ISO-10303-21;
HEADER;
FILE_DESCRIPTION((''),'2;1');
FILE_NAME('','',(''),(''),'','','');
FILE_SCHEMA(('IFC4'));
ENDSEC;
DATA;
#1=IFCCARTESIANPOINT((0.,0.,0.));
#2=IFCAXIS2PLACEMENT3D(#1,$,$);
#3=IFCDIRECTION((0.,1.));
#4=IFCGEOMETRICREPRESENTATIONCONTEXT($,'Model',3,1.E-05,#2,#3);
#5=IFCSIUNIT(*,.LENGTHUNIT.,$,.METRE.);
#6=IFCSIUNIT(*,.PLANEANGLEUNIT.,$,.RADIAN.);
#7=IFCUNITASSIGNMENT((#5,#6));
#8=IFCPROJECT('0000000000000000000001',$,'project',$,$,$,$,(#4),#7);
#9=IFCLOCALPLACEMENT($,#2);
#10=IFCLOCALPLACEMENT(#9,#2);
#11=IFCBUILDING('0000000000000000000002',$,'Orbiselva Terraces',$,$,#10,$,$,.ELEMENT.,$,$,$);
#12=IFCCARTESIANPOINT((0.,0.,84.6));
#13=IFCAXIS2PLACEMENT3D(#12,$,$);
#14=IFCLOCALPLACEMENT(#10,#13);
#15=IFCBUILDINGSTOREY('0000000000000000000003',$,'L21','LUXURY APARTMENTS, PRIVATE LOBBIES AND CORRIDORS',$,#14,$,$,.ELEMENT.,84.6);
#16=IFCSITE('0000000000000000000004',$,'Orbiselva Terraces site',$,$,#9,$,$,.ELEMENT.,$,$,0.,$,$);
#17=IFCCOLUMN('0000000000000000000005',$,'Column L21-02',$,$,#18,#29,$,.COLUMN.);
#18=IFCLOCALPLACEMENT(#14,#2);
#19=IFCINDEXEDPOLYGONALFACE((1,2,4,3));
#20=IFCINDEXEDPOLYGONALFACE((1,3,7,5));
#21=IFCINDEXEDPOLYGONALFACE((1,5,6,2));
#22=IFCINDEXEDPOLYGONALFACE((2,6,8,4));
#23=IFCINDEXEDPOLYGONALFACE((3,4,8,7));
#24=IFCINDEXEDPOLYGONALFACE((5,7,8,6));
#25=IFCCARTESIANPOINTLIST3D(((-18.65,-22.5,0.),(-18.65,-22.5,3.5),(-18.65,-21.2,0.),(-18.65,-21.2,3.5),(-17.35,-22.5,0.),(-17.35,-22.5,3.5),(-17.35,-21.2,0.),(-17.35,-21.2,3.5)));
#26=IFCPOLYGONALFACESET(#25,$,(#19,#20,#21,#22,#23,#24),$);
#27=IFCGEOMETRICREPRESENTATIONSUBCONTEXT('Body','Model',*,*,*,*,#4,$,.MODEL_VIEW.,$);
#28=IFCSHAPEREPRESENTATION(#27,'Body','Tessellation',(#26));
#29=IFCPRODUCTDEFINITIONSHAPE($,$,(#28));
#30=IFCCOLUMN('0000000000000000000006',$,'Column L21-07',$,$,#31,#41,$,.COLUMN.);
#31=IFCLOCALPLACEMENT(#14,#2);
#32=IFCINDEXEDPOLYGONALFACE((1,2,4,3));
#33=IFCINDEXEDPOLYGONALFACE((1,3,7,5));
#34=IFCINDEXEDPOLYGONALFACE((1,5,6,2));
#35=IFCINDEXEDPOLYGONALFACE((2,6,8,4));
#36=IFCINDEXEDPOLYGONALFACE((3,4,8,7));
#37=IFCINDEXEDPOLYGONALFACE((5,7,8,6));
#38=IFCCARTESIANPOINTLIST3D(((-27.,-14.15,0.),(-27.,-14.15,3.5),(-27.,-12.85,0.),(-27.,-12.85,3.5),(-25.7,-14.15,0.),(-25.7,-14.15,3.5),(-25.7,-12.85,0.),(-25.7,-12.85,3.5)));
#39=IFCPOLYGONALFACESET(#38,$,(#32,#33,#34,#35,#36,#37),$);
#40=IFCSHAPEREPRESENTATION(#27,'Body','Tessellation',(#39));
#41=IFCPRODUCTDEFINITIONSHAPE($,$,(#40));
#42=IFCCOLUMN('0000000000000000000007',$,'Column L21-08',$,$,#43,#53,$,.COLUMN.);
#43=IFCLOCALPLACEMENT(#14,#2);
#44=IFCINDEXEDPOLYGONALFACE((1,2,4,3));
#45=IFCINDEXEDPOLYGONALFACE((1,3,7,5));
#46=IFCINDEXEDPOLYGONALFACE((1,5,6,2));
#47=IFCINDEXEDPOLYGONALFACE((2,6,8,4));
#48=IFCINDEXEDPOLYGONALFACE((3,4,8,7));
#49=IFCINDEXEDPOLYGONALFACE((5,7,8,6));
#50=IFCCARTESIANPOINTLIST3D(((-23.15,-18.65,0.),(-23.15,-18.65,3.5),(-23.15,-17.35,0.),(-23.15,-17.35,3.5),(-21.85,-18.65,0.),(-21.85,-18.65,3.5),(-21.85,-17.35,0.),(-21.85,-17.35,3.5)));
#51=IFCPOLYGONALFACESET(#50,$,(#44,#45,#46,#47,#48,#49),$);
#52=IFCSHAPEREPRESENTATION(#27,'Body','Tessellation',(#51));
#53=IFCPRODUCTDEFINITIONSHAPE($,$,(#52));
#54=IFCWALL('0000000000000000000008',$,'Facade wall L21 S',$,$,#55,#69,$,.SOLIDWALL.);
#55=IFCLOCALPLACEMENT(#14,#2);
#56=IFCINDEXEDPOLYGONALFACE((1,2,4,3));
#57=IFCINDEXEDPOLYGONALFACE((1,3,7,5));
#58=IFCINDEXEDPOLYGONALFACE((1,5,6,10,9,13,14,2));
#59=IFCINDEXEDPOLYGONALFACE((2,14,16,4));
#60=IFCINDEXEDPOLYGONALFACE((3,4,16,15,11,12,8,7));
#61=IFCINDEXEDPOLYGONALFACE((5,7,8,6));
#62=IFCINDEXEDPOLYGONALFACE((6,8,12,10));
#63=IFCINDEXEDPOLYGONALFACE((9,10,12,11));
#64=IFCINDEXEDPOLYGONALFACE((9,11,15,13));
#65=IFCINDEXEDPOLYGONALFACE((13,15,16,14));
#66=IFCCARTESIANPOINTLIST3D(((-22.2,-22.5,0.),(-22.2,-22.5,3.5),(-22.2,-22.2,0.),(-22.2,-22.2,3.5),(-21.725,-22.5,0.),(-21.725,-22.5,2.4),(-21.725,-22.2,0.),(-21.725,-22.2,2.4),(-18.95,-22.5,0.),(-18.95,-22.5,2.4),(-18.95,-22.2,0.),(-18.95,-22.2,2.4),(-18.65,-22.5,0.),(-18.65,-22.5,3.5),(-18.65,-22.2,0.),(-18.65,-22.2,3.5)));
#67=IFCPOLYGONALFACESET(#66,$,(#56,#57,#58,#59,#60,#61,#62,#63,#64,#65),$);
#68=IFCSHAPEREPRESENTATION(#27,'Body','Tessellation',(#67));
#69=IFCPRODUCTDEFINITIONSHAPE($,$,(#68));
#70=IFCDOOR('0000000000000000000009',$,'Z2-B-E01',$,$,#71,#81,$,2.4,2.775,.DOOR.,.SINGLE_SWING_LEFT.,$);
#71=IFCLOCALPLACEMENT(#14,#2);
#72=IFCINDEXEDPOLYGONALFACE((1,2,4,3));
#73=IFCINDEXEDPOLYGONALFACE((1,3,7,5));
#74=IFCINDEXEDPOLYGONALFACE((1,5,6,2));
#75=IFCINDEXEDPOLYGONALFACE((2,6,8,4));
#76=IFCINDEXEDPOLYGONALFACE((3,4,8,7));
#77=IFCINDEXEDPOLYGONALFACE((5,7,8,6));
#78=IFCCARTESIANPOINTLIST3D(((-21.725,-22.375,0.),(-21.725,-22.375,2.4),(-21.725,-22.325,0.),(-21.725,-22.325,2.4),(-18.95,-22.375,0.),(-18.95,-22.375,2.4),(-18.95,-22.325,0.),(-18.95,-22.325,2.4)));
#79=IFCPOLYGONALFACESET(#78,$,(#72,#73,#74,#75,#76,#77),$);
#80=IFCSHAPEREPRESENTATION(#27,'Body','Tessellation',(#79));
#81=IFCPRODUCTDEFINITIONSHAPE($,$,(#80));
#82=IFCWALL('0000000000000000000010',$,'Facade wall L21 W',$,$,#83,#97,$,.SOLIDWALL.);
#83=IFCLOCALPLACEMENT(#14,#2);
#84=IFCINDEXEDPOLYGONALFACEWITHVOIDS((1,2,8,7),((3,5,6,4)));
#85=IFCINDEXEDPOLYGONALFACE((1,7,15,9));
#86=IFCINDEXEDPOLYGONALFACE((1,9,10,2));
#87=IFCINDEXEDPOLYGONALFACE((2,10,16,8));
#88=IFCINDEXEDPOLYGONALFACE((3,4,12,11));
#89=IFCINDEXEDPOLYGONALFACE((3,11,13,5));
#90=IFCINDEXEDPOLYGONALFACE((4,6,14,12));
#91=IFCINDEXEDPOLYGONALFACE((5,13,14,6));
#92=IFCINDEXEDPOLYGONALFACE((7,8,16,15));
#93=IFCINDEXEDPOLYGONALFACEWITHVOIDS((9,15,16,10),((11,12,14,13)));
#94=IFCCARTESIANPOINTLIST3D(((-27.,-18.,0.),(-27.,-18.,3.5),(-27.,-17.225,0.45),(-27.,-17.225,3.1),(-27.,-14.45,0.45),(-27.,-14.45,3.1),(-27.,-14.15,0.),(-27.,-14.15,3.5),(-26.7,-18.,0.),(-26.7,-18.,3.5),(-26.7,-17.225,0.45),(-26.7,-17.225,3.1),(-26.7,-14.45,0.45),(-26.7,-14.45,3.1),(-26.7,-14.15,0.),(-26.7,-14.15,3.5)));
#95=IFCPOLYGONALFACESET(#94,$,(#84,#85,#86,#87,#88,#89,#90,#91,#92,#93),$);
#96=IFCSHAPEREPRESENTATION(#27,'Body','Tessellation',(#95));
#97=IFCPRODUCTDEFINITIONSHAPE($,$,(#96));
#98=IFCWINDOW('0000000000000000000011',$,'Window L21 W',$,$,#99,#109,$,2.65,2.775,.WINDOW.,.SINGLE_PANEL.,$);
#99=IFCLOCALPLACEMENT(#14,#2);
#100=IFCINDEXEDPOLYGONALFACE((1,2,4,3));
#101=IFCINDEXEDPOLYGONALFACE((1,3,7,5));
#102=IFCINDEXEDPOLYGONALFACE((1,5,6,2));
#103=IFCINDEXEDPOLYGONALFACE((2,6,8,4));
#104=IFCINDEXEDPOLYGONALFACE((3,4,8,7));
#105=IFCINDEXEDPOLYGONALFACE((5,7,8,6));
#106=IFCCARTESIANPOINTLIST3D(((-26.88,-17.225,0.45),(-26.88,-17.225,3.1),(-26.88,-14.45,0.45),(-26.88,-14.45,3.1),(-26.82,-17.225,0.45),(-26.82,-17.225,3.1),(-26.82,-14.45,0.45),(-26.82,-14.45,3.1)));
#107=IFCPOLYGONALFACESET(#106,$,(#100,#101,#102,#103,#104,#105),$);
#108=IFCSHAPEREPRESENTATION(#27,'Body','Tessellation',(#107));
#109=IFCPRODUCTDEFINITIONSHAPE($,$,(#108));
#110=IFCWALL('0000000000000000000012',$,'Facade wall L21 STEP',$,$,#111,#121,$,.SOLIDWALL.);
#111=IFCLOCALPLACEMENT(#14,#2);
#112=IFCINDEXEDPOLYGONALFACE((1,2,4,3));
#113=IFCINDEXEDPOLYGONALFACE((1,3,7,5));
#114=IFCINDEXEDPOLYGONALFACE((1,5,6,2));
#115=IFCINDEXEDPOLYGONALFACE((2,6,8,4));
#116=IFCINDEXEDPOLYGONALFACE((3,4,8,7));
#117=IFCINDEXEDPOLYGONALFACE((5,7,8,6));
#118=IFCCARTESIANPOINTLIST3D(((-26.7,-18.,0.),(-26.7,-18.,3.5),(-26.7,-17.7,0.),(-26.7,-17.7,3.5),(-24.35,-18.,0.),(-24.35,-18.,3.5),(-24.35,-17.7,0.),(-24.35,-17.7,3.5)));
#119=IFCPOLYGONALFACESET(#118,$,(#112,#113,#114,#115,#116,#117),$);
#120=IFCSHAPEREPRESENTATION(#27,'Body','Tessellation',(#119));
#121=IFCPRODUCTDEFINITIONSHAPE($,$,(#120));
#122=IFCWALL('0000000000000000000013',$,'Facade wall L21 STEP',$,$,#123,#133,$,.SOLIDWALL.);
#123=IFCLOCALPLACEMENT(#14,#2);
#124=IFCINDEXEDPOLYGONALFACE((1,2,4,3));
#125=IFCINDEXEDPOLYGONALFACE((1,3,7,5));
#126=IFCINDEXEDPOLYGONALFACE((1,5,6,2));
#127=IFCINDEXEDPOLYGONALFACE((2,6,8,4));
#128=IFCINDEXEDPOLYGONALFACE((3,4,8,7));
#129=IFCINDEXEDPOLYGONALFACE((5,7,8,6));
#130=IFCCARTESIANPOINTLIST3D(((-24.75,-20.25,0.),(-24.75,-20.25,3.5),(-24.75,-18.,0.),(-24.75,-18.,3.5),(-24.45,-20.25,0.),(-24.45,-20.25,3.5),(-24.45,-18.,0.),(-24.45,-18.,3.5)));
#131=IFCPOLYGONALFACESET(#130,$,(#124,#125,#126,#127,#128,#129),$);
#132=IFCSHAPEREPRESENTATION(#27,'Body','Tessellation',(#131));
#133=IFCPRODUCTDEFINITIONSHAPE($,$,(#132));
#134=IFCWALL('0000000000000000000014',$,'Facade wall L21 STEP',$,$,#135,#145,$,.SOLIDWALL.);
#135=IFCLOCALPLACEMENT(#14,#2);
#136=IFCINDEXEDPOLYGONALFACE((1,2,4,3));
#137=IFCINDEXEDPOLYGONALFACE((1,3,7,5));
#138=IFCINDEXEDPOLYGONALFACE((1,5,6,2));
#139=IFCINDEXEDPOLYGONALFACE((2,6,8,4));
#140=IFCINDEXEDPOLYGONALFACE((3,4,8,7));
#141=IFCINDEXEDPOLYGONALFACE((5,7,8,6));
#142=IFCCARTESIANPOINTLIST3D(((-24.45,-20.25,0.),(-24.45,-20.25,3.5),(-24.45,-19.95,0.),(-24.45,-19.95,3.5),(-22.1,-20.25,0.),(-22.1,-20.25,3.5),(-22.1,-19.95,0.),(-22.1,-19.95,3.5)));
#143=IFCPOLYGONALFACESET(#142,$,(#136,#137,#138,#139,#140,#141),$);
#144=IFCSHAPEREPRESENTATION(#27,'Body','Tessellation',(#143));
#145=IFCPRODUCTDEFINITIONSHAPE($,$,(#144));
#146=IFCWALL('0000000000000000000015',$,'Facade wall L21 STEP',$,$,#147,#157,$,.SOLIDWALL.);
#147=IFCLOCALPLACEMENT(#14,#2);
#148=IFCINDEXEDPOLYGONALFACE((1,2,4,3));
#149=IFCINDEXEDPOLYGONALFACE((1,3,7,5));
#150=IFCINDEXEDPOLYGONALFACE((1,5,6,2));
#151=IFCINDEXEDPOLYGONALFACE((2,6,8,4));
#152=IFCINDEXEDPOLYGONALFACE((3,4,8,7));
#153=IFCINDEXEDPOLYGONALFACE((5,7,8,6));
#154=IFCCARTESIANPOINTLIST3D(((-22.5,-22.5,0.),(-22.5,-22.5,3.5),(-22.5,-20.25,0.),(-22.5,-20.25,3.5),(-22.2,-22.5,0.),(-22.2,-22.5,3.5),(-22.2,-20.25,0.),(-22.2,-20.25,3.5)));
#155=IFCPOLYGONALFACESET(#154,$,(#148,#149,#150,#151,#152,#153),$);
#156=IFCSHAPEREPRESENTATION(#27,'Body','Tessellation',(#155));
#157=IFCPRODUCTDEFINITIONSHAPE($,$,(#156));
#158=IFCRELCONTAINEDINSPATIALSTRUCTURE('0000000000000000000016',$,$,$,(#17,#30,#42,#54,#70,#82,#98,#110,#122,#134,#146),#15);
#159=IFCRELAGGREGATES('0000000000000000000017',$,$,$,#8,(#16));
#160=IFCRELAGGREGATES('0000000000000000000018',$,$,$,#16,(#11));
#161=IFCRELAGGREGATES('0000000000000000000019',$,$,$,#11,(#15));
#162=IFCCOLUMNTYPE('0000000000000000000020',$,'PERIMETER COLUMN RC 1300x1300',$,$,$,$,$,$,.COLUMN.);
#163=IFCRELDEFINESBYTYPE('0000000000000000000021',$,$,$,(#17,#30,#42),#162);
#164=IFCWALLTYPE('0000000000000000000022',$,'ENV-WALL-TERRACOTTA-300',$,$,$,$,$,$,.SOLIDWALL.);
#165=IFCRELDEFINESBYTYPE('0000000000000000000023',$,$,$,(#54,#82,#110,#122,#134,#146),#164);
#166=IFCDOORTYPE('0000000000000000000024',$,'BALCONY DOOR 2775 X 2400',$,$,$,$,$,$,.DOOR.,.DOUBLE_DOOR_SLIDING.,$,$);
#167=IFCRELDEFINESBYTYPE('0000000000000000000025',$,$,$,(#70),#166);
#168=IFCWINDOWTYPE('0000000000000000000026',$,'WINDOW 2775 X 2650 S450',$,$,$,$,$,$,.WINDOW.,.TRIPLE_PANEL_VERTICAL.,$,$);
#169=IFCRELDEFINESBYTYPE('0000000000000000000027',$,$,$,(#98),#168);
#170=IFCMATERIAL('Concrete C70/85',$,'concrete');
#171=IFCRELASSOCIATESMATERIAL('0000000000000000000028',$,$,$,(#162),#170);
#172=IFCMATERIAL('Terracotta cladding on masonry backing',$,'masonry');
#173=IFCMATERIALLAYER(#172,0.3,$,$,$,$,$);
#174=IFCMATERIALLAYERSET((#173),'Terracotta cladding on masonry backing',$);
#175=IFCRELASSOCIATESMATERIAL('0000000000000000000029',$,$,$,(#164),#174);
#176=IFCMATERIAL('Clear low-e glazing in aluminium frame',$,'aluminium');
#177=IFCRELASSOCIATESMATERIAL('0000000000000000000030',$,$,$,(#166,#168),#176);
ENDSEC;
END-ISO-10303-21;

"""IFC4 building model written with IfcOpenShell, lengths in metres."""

from ifc_helpers import new_model, si_unit, direction, frame, frame_2d, origin, origin_2d, place, context, subcontext, project, spatial, rectangle, extrude, material, layer, layer_set, material_profile, profile_set, type_object, element, fill, save


model = new_model("IFC4")

# Units and contexts
model_context = context("Model", 3, precision=1e-05, world=origin(), true_north=direction((0.0, 1.0)))
body_context = subcontext(model_context, "Body", "Model", "MODEL_VIEW")
ifc_project = project(units=[si_unit("LENGTHUNIT", "METRE"), si_unit("PLANEANGLEUNIT", "RADIAN")], contexts=[model_context])

# Site, building, storey
site_placement = place(None, origin())
site = spatial("IfcSite", under=ifc_project, at=site_placement, Name="Orbiselva Terraces site", CompositionType="ELEMENT", RefElevation=0.0)
building_placement = place(site_placement, origin())
building = spatial("IfcBuilding", under=site, at=building_placement, Name="Orbiselva Terraces", CompositionType="ELEMENT")
storey_placement = place(building_placement, frame((0.0, 0.0, 84.6)))
storey = spatial("IfcBuildingStorey", under=building, at=storey_placement, Name="L21", Description="LUXURY APARTMENTS, PRIVATE LOBBIES AND CORRIDORS", CompositionType="ELEMENT", Elevation=84.6)

# Columns
ifc_material_1 = material(Name="Concrete C70/85", Category="concrete")
ifc_material_profile = material_profile(ifc_material_1, rectangle(XDim=1.3, YDim=1.3, at=origin_2d()), Name="RC 1300x1300")
ifc_profile_set = profile_set([ifc_material_profile], Name="Concrete C70/85")
column_type = type_object("IfcColumnType", Name="PERIMETER COLUMN RC 1300x1300", PredefinedType="COLUMN", material=ifc_profile_set)
for number, where, z_axis, x_axis, name in (
    (1, (-18.0, -21.85, 0.0), (0.0, 0.0, 1.0), (1.0, 0.0, 0.0), "Column L21-02"),
    (2, (-26.35, -13.5, 0.0), (0.0, 0.0, 1.0), (1.0, 0.0, 0.0), "Column L21-07"),
    (3, (-22.5, -18.0, 0.0), (0.0, 0.0, 1.0), (1.0, 0.0, 0.0), "Column L21-08"),
):
    element("IfcColumn", number, at=place(storey_placement, frame(where, z_axis=z_axis, x_axis=x_axis)), inside=storey, type_object=column_type, Name=name, PredefinedType="COLUMN", context=body_context, shape_type="SweptSolid", body=[
        extrude(rectangle(XDim=1.3, YDim=1.3, at=origin_2d()), origin(), (0.0, 0.0, 1.0), 3.5),
    ])

# Wall, opening, door
ifc_material_2 = material(Name="Terracotta cladding on masonry backing", Category="masonry")
ifc_layer_1 = layer(ifc_material_2, 0.3)
ifc_layer_set_1 = layer_set([ifc_layer_1], Name="Terracotta cladding on masonry backing")
wall_type_1 = type_object("IfcWallType", Name="ENV-WALL-TERRACOTTA-300", PredefinedType="SOLIDWALL", material=ifc_layer_set_1)
wall_1_placement = place(storey_placement, frame((-18.65, -22.35, 0.0), z_axis=(0.0, 0.0, 1.0), x_axis=(-1.0, 0.0, 0.0)))
wall_1 = element("IfcWall", 4, at=wall_1_placement, inside=storey, type_object=wall_type_1, Name="Facade wall L21 S", PredefinedType="SOLIDWALL", context=body_context, shape_type="SweptSolid", body=[
    extrude(rectangle(XDim=3.55, YDim=0.3, at=frame_2d((1.775, 0.0))), origin(), (0.0, 0.0, 1.0), 3.5),
])
opening_1_placement = place(wall_1_placement, frame((0.3, 0.0, 0.0)))
opening_1 = element("IfcOpeningElement", 5, at=opening_1_placement, cuts=wall_1, PredefinedType="OPENING", context=body_context, shape_type="SweptSolid", body=[
    extrude(rectangle(XDim=2.775, YDim=2.4, at=frame_2d((1.3875, 1.2))), frame((0.0, 0.16, 0.0), z_axis=(0.0, -1.0, 0.0), x_axis=(1.0, 0.0, 0.0)), (0.0, 0.0, 1.0), 0.32),
])
ifc_material_3 = material(Name="Clear low-e glazing in aluminium frame", Category="aluminium")
door_type_1 = type_object("IfcDoorType", Name="BALCONY DOOR 2775 X 2400", OperationType="DOUBLE_DOOR_SLIDING", PredefinedType="DOOR", material=ifc_material_3)
door_1_placement = place(opening_1_placement, origin())
door_1 = element("IfcDoor", 6, at=door_1_placement, inside=storey, type_object=door_type_1, Name="Z2-B-E01", OperationType="SINGLE_SWING_LEFT", OverallHeight=2.4, OverallWidth=2.775, PredefinedType="DOOR", context=body_context, shape_type="SweptSolid", body=[
    extrude(rectangle(XDim=2.775, YDim=2.4, at=frame_2d((1.3875, 1.2))), frame((0.0, 0.025, 0.0), z_axis=(0.0, -1.0, 0.0), x_axis=(1.0, 0.0, 0.0)), (0.0, 0.0, 1.0), 0.05),
])
fill(opening_1, door_1)

# Wall, opening, window
wall_2_placement = place(storey_placement, frame((-26.85, -18.0, 0.0), z_axis=(0.0, 0.0, 1.0), x_axis=(0.0, 1.0, 0.0)))
wall_2 = element("IfcWall", 7, at=wall_2_placement, inside=storey, type_object=wall_type_1, Name="Facade wall L21 W", PredefinedType="SOLIDWALL", context=body_context, shape_type="SweptSolid", body=[
    extrude(rectangle(XDim=3.85, YDim=0.3, at=frame_2d((1.925, 0.0))), origin(), (0.0, 0.0, 1.0), 3.5),
])
opening_2_placement = place(wall_2_placement, frame((0.775, 0.0, 0.45)))
opening_2 = element("IfcOpeningElement", 8, at=opening_2_placement, cuts=wall_2, PredefinedType="OPENING", context=body_context, shape_type="SweptSolid", body=[
    extrude(rectangle(XDim=2.775, YDim=2.65, at=frame_2d((1.3875, 1.325))), frame((0.0, 0.16, 0.0), z_axis=(0.0, -1.0, 0.0), x_axis=(1.0, 0.0, 0.0)), (0.0, 0.0, 1.0), 0.32),
])
window_type = type_object("IfcWindowType", Name="WINDOW 2775 X 2650 S450", PartitioningType="TRIPLE_PANEL_VERTICAL", PredefinedType="WINDOW", material=ifc_material_3)
window_placement = place(opening_2_placement, origin())
window = element("IfcWindow", 9, at=window_placement, inside=storey, type_object=window_type, Name="Window L21 W", OverallHeight=2.65, OverallWidth=2.775, PartitioningType="SINGLE_PANEL", PredefinedType="WINDOW", context=body_context, shape_type="SweptSolid", body=[
    extrude(rectangle(XDim=2.775, YDim=2.65, at=frame_2d((1.3875, 1.325))), frame((0.0, 0.03, 0.0), z_axis=(0.0, -1.0, 0.0), x_axis=(1.0, 0.0, 0.0)), (0.0, 0.0, 1.0), 0.06),
])
fill(opening_2, window)

# Walls
wall_3_placement = place(storey_placement, frame((-24.35, -17.85, 0.0), z_axis=(0.0, 0.0, 1.0), x_axis=(-1.0, 0.0, 0.0)))
element("IfcWall", 10, at=wall_3_placement, inside=storey, type_object=wall_type_1, Name="Facade wall L21 STEP", PredefinedType="SOLIDWALL", context=body_context, shape_type="SweptSolid", body=[
    extrude(rectangle(XDim=2.35, YDim=0.3, at=frame_2d((1.175, 0.0))), origin(), (0.0, 0.0, 1.0), 3.5),
])
wall_4_placement = place(storey_placement, frame((-24.6, -20.25, 0.0), z_axis=(0.0, 0.0, 1.0), x_axis=(0.0, 1.0, 0.0)))
element("IfcWall", 11, at=wall_4_placement, inside=storey, type_object=wall_type_1, Name="Facade wall L21 STEP", PredefinedType="SOLIDWALL", context=body_context, shape_type="SweptSolid", body=[
    extrude(rectangle(XDim=2.25, YDim=0.3, at=frame_2d((1.125, 0.0))), origin(), (0.0, 0.0, 1.0), 3.5),
])
wall_5_placement = place(storey_placement, frame((-22.1, -20.1, 0.0), z_axis=(0.0, 0.0, 1.0), x_axis=(-1.0, 0.0, 0.0)))
element("IfcWall", 12, at=wall_5_placement, inside=storey, type_object=wall_type_1, Name="Facade wall L21 STEP", PredefinedType="SOLIDWALL", context=body_context, shape_type="SweptSolid", body=[
    extrude(rectangle(XDim=2.35, YDim=0.3, at=frame_2d((1.175, 0.0))), origin(), (0.0, 0.0, 1.0), 3.5),
])
wall_6_placement = place(storey_placement, frame((-22.35, -22.5, 0.0), z_axis=(0.0, 0.0, 1.0), x_axis=(0.0, 1.0, 0.0)))
element("IfcWall", 13, at=wall_6_placement, inside=storey, type_object=wall_type_1, Name="Facade wall L21 STEP", PredefinedType="SOLIDWALL", context=body_context, shape_type="SweptSolid", body=[
    extrude(rectangle(XDim=2.25, YDim=0.3, at=frame_2d((1.125, 0.0))), origin(), (0.0, 0.0, 1.0), 3.5),
])

save(model, "model.ifc")
